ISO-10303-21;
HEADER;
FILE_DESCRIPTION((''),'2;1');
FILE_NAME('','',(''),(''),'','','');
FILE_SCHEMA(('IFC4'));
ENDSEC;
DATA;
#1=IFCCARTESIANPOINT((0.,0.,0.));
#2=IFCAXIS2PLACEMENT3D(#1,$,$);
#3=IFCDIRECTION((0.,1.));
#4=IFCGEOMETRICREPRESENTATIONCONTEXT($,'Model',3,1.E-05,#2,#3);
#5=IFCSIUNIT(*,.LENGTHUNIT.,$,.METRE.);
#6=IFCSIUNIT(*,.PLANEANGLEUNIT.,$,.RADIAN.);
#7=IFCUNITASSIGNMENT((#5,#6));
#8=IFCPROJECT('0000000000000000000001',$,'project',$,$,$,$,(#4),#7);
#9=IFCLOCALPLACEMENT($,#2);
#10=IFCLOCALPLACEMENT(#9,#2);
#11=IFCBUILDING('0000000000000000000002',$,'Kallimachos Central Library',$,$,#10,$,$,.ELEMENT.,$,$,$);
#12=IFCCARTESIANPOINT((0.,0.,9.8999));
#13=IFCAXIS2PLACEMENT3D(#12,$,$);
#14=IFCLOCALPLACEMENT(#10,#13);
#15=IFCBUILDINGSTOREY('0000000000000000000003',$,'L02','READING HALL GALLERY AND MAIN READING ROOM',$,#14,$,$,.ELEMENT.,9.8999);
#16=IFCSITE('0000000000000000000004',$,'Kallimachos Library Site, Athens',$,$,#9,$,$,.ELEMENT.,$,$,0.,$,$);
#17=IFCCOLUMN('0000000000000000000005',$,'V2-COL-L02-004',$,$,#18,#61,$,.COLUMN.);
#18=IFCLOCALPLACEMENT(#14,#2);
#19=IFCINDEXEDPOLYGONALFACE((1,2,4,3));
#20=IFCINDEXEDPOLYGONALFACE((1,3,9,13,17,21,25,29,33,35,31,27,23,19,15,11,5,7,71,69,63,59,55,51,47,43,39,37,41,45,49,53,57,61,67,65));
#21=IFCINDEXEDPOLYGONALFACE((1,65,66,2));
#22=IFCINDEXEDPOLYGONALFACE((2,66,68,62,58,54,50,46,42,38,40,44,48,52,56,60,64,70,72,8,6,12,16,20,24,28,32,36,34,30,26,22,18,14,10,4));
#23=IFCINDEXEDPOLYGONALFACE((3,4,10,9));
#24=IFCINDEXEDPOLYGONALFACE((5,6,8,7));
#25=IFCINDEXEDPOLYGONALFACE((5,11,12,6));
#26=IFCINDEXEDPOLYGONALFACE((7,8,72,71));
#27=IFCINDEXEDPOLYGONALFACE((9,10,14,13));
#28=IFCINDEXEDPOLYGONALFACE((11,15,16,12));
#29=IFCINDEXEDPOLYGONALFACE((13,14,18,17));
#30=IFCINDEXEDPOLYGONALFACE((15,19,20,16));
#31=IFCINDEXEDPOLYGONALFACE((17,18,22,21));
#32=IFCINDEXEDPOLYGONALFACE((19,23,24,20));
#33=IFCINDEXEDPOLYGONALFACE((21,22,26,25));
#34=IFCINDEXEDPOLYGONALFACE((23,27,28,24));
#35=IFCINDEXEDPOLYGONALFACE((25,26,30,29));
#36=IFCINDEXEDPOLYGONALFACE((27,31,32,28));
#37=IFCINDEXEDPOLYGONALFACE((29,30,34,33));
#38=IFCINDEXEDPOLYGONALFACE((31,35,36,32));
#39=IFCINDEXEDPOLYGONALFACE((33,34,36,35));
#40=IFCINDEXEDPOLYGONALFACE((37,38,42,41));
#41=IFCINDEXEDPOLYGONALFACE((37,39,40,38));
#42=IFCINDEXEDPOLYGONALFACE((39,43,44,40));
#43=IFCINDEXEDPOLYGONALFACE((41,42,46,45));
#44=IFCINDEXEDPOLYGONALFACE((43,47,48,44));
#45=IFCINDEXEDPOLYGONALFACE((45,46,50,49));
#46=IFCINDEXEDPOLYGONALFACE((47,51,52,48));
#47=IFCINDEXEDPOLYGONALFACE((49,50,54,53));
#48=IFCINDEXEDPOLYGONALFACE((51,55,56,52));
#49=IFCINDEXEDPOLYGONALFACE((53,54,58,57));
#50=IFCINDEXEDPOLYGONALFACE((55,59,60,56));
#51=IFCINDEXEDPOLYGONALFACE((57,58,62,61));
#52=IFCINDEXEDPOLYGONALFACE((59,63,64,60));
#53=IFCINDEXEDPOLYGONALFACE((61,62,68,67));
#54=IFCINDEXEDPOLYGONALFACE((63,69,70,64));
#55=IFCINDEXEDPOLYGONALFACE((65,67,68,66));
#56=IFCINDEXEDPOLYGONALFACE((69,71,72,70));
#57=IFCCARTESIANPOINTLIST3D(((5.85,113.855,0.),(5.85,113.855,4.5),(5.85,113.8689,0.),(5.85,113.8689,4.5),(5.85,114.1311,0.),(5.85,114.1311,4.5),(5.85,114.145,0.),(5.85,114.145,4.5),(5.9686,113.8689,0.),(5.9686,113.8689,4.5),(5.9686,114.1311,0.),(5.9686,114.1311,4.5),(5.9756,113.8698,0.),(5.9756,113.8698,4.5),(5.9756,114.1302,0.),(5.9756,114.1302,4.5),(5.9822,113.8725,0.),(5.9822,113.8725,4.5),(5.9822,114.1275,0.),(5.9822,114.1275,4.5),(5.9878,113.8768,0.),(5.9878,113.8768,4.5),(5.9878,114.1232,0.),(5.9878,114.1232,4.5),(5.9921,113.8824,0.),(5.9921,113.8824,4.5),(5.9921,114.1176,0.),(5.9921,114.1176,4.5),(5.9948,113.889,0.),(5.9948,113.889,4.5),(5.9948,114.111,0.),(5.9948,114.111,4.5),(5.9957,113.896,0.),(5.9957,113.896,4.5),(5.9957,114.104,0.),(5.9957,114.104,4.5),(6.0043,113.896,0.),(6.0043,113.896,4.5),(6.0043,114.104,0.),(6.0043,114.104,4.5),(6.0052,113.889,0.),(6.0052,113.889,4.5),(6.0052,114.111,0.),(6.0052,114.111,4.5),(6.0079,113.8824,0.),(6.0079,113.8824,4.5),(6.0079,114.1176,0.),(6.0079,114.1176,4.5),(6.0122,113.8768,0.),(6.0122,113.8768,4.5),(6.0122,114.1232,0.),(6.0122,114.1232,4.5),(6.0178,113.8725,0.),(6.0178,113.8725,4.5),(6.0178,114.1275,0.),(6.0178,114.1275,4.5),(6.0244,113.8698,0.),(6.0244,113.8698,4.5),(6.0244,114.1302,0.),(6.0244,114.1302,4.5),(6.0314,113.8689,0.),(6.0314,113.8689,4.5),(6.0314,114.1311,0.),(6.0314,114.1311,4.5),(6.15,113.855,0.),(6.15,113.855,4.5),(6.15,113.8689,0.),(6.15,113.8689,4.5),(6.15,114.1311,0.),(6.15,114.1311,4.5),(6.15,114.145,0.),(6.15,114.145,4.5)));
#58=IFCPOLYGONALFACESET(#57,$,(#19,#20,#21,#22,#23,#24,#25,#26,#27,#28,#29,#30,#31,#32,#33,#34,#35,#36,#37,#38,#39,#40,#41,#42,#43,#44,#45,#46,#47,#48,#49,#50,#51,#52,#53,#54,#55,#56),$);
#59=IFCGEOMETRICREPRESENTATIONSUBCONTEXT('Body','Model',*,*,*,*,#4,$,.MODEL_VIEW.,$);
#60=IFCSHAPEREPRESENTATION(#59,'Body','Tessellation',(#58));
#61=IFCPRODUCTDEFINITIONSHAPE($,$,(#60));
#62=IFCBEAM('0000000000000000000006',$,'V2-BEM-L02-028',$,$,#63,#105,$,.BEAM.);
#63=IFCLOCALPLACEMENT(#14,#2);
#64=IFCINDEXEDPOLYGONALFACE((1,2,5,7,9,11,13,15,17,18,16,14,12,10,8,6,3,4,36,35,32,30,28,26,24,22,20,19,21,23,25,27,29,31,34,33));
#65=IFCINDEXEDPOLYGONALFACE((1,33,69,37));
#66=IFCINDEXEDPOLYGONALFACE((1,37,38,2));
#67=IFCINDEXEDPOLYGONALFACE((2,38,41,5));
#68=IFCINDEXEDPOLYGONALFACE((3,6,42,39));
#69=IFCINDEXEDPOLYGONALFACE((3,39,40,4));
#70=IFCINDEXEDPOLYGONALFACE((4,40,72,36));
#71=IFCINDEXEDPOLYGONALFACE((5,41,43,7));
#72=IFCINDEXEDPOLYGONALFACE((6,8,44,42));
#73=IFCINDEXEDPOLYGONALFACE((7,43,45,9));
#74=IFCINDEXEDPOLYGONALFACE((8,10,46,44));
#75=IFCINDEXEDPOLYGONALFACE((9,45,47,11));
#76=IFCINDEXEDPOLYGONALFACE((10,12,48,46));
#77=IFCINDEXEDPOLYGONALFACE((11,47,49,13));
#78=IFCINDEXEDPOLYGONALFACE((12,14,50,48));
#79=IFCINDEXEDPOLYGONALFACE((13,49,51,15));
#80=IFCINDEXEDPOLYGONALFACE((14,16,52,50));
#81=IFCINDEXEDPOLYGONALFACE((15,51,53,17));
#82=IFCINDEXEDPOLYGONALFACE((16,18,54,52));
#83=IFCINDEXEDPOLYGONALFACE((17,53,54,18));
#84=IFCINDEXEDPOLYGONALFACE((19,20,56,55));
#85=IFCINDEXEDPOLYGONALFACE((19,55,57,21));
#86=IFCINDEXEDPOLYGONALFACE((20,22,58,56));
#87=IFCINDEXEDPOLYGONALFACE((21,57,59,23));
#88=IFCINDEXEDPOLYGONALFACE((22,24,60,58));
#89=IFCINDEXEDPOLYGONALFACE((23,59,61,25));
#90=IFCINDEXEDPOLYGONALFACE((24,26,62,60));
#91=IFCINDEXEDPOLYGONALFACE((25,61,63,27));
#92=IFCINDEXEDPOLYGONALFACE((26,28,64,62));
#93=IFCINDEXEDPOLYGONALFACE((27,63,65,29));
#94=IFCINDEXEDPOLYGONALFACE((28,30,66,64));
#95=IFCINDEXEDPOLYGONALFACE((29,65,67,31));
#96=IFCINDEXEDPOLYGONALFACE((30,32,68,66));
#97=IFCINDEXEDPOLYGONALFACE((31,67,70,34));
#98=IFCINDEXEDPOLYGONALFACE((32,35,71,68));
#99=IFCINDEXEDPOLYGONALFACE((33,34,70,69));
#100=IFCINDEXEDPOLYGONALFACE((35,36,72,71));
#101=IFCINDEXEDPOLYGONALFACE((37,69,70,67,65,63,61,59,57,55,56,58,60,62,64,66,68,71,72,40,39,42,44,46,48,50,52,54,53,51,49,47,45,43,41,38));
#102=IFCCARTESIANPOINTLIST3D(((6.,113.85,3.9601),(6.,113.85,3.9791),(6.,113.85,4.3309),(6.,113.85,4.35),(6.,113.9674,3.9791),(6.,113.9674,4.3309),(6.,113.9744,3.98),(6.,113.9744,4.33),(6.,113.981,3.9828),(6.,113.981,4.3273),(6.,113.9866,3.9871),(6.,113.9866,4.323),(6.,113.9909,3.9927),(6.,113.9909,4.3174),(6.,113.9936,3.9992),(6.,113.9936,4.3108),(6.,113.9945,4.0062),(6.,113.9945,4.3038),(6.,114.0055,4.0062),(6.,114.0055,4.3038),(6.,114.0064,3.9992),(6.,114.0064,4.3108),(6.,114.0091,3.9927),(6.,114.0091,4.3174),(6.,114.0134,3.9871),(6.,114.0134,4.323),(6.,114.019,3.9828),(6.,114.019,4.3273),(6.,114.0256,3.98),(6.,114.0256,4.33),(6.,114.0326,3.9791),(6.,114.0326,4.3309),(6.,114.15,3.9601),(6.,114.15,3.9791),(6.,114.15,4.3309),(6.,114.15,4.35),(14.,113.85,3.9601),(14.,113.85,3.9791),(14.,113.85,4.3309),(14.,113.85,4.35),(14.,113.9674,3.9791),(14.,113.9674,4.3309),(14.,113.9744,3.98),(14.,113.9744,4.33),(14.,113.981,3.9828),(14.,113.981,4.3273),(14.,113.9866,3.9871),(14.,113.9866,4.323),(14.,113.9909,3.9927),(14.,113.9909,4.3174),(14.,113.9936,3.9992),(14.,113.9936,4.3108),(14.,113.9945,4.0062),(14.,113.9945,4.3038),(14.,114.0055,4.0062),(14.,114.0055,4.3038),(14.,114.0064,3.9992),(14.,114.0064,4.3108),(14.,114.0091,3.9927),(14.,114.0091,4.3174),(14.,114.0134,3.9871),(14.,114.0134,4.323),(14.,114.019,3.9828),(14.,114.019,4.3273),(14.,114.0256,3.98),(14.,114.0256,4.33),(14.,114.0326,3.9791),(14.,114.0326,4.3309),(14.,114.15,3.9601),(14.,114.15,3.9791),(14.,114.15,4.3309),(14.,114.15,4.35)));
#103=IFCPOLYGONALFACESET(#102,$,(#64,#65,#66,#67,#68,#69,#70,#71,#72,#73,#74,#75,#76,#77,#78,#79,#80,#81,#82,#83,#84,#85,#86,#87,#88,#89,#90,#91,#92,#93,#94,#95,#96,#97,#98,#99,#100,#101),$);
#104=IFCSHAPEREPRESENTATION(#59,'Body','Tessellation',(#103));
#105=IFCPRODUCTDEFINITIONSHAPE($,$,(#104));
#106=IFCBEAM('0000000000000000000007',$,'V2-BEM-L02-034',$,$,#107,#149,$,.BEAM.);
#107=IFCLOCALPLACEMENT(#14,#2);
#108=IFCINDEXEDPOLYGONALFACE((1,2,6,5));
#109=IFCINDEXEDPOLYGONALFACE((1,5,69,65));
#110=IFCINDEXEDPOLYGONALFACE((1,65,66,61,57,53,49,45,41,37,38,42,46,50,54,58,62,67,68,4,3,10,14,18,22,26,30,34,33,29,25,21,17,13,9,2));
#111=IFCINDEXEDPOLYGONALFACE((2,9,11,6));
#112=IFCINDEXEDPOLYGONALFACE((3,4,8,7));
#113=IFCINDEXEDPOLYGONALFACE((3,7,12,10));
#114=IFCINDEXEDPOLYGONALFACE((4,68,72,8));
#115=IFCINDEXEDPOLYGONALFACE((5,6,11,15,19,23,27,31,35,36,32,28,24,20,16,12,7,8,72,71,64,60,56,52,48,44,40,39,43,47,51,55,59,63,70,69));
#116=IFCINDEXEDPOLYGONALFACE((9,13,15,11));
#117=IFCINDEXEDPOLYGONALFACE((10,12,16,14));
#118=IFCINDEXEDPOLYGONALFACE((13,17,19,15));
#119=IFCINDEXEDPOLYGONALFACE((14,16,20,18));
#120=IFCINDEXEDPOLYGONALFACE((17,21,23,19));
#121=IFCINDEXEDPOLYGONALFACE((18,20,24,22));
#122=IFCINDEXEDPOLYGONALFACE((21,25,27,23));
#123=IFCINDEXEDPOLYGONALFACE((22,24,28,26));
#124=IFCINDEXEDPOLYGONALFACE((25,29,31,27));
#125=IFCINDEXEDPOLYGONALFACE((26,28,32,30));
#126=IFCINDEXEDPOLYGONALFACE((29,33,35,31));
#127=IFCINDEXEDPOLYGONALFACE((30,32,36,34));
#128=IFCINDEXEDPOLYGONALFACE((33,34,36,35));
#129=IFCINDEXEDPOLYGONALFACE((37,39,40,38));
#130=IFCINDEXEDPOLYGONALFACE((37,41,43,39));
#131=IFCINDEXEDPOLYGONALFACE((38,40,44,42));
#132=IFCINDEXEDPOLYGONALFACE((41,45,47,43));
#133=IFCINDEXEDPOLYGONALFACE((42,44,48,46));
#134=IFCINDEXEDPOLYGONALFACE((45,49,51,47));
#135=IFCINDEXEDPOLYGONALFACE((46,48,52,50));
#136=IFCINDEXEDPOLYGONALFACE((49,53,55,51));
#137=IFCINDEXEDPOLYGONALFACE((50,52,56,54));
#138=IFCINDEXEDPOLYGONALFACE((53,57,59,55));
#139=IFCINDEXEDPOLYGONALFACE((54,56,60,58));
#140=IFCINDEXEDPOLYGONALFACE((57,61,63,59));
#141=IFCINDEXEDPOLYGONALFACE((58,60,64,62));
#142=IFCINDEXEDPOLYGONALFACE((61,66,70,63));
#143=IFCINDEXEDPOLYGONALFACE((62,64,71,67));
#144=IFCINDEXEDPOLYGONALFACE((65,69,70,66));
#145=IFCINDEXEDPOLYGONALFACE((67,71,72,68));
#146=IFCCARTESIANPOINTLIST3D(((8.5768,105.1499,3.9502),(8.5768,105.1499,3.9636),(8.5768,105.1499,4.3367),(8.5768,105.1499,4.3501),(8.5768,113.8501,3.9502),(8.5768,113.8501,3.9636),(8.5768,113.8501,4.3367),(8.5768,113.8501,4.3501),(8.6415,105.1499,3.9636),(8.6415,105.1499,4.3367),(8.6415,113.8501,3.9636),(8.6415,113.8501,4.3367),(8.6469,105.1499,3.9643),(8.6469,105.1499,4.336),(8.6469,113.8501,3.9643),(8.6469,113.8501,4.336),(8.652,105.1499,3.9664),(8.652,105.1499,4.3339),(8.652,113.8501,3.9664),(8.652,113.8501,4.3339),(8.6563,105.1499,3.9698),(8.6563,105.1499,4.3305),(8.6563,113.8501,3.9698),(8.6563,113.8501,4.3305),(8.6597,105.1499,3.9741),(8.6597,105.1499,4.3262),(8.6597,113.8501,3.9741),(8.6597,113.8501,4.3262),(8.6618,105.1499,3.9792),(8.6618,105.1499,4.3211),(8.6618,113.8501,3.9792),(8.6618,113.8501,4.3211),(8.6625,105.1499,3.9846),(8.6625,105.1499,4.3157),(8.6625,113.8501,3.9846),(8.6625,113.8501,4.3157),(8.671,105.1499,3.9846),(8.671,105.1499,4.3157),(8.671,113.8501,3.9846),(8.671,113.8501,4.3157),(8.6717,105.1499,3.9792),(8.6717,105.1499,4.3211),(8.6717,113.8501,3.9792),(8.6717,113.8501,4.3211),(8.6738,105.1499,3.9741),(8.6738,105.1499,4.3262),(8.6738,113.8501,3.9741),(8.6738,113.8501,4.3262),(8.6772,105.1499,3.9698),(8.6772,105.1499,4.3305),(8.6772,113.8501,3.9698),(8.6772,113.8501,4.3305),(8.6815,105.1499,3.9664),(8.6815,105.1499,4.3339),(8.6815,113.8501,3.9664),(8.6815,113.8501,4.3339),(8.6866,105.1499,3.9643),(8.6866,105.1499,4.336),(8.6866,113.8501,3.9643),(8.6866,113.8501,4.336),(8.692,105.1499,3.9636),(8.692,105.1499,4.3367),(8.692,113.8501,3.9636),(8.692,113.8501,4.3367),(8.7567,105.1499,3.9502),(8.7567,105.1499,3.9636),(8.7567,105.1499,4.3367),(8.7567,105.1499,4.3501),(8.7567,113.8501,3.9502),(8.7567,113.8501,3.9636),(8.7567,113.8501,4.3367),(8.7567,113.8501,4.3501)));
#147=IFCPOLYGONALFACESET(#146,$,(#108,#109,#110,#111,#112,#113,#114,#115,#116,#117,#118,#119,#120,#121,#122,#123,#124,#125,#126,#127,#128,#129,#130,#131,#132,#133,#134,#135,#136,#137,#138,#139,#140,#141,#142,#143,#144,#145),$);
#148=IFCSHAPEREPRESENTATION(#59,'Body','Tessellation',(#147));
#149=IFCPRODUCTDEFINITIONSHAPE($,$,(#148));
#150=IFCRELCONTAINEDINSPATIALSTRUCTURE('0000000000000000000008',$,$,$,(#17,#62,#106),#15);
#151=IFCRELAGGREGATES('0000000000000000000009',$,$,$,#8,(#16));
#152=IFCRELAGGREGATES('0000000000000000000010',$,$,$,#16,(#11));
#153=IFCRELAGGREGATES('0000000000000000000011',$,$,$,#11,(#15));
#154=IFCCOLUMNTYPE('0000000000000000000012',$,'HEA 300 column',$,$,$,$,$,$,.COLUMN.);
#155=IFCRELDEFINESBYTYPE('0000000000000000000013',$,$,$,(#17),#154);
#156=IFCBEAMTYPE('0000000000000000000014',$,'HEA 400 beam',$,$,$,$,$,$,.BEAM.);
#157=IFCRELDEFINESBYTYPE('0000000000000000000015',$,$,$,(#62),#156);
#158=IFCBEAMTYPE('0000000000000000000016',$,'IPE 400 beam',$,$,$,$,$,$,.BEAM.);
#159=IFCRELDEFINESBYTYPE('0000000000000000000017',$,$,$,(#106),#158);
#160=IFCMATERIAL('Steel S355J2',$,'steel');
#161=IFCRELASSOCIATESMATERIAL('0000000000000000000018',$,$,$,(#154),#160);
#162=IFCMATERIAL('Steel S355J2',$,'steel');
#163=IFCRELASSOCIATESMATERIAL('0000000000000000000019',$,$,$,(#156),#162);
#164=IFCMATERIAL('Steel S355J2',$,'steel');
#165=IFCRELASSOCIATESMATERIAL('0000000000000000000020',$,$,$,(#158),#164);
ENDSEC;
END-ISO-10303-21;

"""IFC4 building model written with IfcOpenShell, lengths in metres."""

from ifc_helpers import new_model, si_unit, direction, frame, origin, origin_2d, place, context, subcontext, project, spatial, i_section, extrude, material, material_profile, profile_set, type_object, element, save


model = new_model("IFC4")

# Units and contexts
model_context = context("Model", 3, precision=1e-05, world=origin(), true_north=direction((0.0, 1.0)))
body_context = subcontext(model_context, "Body", "Model", "MODEL_VIEW")
ifc_project = project(units=[si_unit("LENGTHUNIT", "METRE"), si_unit("PLANEANGLEUNIT", "RADIAN")], contexts=[model_context])

# Site, building, storey
site_placement = place(None, origin())
site = spatial("IfcSite", under=ifc_project, at=site_placement, Name="Kallimachos Library Site, Athens", CompositionType="ELEMENT", RefElevation=0.0)
building_placement = place(site_placement, origin())
building = spatial("IfcBuilding", under=site, at=building_placement, Name="Kallimachos Central Library", CompositionType="ELEMENT")
storey_placement = place(building_placement, frame((0.0, 0.0, 9.8999)))
storey = spatial("IfcBuildingStorey", under=building, at=storey_placement, Name="L02", Description="READING HALL GALLERY AND MAIN READING ROOM", CompositionType="ELEMENT", Elevation=9.8999)

# Column
ifc_material_1 = material(Name="Steel S355J2", Category="steel")
ifc_material_profile_1 = material_profile(ifc_material_1, i_section(OverallWidth=0.3, OverallDepth=0.29, WebThickness=0.0085, FlangeThickness=0.0139, FilletRadius=0.0271, at=origin_2d()), Name="HEA 300")
ifc_profile_set_1 = profile_set([ifc_material_profile_1], Name="Steel S355J2")
column_type = type_object("IfcColumnType", Name="HEA 300 column", PredefinedType="COLUMN", material=ifc_profile_set_1)
column_placement = place(storey_placement, frame((6.0, 114.0, 0.0), z_axis=(0.0, 0.0, 1.0), x_axis=(1.0, 0.0, 0.0)))
element("IfcColumn", 1, at=column_placement, inside=storey, type_object=column_type, Name="V2-COL-L02-004", PredefinedType="COLUMN", context=body_context, shape_type="SweptSolid", body=[
    extrude(i_section(OverallWidth=0.3, OverallDepth=0.29, WebThickness=0.0085, FlangeThickness=0.0139, FilletRadius=0.0271, at=origin_2d()), origin(), (0.0, 0.0, 1.0), 4.5),
])

# Beams
ifc_material_2 = material(Name="Steel S355J2", Category="steel")
ifc_material_profile_2 = material_profile(ifc_material_2, i_section(OverallWidth=0.3, OverallDepth=0.3899, WebThickness=0.011, FlangeThickness=0.019, FilletRadius=0.0271, at=origin_2d()), Name="HEA 400")
ifc_profile_set_2 = profile_set([ifc_material_profile_2], Name="Steel S355J2")
beam_type_1 = type_object("IfcBeamType", Name="HEA 400 beam", PredefinedType="BEAM", material=ifc_profile_set_2)
beam_1_placement = place(storey_placement, frame((6.0, 114.0, 4.155), z_axis=(1.0, 0.0, 0.0), x_axis=(0.0, 1.0, 0.0)))
element("IfcBeam", 2, at=beam_1_placement, inside=storey, type_object=beam_type_1, Name="V2-BEM-L02-028", PredefinedType="BEAM", context=body_context, shape_type="SweptSolid", body=[
    extrude(i_section(OverallWidth=0.3, OverallDepth=0.3899, WebThickness=0.011, FlangeThickness=0.019, FilletRadius=0.0271, at=origin_2d()), origin(), (0.0, 0.0, 1.0), 8.0),
])
ifc_material_3 = material(Name="Steel S355J2", Category="steel")
ifc_material_profile_3 = material_profile(ifc_material_3, i_section(OverallWidth=0.1799, OverallDepth=0.3999, WebThickness=0.0085, FlangeThickness=0.0134, FilletRadius=0.021, at=origin_2d()), Name="IPE 400")
ifc_profile_set_3 = profile_set([ifc_material_profile_3], Name="Steel S355J2")
beam_type_2 = type_object("IfcBeamType", Name="IPE 400 beam", PredefinedType="BEAM", material=ifc_profile_set_3)
beam_2_placement = place(storey_placement, frame((8.6667, 105.1499, 4.1501), z_axis=(0.0, 1.0, 0.0), x_axis=(-1.0, 0.0, 0.0)))
element("IfcBeam", 3, at=beam_2_placement, inside=storey, type_object=beam_type_2, Name="V2-BEM-L02-034", PredefinedType="BEAM", context=body_context, shape_type="SweptSolid", body=[
    extrude(i_section(OverallWidth=0.1799, OverallDepth=0.3999, WebThickness=0.0085, FlangeThickness=0.0134, FilletRadius=0.021, at=origin_2d()), origin(), (0.0, 0.0, 1.0), 8.7002),
])

save(model, "model.ifc")
